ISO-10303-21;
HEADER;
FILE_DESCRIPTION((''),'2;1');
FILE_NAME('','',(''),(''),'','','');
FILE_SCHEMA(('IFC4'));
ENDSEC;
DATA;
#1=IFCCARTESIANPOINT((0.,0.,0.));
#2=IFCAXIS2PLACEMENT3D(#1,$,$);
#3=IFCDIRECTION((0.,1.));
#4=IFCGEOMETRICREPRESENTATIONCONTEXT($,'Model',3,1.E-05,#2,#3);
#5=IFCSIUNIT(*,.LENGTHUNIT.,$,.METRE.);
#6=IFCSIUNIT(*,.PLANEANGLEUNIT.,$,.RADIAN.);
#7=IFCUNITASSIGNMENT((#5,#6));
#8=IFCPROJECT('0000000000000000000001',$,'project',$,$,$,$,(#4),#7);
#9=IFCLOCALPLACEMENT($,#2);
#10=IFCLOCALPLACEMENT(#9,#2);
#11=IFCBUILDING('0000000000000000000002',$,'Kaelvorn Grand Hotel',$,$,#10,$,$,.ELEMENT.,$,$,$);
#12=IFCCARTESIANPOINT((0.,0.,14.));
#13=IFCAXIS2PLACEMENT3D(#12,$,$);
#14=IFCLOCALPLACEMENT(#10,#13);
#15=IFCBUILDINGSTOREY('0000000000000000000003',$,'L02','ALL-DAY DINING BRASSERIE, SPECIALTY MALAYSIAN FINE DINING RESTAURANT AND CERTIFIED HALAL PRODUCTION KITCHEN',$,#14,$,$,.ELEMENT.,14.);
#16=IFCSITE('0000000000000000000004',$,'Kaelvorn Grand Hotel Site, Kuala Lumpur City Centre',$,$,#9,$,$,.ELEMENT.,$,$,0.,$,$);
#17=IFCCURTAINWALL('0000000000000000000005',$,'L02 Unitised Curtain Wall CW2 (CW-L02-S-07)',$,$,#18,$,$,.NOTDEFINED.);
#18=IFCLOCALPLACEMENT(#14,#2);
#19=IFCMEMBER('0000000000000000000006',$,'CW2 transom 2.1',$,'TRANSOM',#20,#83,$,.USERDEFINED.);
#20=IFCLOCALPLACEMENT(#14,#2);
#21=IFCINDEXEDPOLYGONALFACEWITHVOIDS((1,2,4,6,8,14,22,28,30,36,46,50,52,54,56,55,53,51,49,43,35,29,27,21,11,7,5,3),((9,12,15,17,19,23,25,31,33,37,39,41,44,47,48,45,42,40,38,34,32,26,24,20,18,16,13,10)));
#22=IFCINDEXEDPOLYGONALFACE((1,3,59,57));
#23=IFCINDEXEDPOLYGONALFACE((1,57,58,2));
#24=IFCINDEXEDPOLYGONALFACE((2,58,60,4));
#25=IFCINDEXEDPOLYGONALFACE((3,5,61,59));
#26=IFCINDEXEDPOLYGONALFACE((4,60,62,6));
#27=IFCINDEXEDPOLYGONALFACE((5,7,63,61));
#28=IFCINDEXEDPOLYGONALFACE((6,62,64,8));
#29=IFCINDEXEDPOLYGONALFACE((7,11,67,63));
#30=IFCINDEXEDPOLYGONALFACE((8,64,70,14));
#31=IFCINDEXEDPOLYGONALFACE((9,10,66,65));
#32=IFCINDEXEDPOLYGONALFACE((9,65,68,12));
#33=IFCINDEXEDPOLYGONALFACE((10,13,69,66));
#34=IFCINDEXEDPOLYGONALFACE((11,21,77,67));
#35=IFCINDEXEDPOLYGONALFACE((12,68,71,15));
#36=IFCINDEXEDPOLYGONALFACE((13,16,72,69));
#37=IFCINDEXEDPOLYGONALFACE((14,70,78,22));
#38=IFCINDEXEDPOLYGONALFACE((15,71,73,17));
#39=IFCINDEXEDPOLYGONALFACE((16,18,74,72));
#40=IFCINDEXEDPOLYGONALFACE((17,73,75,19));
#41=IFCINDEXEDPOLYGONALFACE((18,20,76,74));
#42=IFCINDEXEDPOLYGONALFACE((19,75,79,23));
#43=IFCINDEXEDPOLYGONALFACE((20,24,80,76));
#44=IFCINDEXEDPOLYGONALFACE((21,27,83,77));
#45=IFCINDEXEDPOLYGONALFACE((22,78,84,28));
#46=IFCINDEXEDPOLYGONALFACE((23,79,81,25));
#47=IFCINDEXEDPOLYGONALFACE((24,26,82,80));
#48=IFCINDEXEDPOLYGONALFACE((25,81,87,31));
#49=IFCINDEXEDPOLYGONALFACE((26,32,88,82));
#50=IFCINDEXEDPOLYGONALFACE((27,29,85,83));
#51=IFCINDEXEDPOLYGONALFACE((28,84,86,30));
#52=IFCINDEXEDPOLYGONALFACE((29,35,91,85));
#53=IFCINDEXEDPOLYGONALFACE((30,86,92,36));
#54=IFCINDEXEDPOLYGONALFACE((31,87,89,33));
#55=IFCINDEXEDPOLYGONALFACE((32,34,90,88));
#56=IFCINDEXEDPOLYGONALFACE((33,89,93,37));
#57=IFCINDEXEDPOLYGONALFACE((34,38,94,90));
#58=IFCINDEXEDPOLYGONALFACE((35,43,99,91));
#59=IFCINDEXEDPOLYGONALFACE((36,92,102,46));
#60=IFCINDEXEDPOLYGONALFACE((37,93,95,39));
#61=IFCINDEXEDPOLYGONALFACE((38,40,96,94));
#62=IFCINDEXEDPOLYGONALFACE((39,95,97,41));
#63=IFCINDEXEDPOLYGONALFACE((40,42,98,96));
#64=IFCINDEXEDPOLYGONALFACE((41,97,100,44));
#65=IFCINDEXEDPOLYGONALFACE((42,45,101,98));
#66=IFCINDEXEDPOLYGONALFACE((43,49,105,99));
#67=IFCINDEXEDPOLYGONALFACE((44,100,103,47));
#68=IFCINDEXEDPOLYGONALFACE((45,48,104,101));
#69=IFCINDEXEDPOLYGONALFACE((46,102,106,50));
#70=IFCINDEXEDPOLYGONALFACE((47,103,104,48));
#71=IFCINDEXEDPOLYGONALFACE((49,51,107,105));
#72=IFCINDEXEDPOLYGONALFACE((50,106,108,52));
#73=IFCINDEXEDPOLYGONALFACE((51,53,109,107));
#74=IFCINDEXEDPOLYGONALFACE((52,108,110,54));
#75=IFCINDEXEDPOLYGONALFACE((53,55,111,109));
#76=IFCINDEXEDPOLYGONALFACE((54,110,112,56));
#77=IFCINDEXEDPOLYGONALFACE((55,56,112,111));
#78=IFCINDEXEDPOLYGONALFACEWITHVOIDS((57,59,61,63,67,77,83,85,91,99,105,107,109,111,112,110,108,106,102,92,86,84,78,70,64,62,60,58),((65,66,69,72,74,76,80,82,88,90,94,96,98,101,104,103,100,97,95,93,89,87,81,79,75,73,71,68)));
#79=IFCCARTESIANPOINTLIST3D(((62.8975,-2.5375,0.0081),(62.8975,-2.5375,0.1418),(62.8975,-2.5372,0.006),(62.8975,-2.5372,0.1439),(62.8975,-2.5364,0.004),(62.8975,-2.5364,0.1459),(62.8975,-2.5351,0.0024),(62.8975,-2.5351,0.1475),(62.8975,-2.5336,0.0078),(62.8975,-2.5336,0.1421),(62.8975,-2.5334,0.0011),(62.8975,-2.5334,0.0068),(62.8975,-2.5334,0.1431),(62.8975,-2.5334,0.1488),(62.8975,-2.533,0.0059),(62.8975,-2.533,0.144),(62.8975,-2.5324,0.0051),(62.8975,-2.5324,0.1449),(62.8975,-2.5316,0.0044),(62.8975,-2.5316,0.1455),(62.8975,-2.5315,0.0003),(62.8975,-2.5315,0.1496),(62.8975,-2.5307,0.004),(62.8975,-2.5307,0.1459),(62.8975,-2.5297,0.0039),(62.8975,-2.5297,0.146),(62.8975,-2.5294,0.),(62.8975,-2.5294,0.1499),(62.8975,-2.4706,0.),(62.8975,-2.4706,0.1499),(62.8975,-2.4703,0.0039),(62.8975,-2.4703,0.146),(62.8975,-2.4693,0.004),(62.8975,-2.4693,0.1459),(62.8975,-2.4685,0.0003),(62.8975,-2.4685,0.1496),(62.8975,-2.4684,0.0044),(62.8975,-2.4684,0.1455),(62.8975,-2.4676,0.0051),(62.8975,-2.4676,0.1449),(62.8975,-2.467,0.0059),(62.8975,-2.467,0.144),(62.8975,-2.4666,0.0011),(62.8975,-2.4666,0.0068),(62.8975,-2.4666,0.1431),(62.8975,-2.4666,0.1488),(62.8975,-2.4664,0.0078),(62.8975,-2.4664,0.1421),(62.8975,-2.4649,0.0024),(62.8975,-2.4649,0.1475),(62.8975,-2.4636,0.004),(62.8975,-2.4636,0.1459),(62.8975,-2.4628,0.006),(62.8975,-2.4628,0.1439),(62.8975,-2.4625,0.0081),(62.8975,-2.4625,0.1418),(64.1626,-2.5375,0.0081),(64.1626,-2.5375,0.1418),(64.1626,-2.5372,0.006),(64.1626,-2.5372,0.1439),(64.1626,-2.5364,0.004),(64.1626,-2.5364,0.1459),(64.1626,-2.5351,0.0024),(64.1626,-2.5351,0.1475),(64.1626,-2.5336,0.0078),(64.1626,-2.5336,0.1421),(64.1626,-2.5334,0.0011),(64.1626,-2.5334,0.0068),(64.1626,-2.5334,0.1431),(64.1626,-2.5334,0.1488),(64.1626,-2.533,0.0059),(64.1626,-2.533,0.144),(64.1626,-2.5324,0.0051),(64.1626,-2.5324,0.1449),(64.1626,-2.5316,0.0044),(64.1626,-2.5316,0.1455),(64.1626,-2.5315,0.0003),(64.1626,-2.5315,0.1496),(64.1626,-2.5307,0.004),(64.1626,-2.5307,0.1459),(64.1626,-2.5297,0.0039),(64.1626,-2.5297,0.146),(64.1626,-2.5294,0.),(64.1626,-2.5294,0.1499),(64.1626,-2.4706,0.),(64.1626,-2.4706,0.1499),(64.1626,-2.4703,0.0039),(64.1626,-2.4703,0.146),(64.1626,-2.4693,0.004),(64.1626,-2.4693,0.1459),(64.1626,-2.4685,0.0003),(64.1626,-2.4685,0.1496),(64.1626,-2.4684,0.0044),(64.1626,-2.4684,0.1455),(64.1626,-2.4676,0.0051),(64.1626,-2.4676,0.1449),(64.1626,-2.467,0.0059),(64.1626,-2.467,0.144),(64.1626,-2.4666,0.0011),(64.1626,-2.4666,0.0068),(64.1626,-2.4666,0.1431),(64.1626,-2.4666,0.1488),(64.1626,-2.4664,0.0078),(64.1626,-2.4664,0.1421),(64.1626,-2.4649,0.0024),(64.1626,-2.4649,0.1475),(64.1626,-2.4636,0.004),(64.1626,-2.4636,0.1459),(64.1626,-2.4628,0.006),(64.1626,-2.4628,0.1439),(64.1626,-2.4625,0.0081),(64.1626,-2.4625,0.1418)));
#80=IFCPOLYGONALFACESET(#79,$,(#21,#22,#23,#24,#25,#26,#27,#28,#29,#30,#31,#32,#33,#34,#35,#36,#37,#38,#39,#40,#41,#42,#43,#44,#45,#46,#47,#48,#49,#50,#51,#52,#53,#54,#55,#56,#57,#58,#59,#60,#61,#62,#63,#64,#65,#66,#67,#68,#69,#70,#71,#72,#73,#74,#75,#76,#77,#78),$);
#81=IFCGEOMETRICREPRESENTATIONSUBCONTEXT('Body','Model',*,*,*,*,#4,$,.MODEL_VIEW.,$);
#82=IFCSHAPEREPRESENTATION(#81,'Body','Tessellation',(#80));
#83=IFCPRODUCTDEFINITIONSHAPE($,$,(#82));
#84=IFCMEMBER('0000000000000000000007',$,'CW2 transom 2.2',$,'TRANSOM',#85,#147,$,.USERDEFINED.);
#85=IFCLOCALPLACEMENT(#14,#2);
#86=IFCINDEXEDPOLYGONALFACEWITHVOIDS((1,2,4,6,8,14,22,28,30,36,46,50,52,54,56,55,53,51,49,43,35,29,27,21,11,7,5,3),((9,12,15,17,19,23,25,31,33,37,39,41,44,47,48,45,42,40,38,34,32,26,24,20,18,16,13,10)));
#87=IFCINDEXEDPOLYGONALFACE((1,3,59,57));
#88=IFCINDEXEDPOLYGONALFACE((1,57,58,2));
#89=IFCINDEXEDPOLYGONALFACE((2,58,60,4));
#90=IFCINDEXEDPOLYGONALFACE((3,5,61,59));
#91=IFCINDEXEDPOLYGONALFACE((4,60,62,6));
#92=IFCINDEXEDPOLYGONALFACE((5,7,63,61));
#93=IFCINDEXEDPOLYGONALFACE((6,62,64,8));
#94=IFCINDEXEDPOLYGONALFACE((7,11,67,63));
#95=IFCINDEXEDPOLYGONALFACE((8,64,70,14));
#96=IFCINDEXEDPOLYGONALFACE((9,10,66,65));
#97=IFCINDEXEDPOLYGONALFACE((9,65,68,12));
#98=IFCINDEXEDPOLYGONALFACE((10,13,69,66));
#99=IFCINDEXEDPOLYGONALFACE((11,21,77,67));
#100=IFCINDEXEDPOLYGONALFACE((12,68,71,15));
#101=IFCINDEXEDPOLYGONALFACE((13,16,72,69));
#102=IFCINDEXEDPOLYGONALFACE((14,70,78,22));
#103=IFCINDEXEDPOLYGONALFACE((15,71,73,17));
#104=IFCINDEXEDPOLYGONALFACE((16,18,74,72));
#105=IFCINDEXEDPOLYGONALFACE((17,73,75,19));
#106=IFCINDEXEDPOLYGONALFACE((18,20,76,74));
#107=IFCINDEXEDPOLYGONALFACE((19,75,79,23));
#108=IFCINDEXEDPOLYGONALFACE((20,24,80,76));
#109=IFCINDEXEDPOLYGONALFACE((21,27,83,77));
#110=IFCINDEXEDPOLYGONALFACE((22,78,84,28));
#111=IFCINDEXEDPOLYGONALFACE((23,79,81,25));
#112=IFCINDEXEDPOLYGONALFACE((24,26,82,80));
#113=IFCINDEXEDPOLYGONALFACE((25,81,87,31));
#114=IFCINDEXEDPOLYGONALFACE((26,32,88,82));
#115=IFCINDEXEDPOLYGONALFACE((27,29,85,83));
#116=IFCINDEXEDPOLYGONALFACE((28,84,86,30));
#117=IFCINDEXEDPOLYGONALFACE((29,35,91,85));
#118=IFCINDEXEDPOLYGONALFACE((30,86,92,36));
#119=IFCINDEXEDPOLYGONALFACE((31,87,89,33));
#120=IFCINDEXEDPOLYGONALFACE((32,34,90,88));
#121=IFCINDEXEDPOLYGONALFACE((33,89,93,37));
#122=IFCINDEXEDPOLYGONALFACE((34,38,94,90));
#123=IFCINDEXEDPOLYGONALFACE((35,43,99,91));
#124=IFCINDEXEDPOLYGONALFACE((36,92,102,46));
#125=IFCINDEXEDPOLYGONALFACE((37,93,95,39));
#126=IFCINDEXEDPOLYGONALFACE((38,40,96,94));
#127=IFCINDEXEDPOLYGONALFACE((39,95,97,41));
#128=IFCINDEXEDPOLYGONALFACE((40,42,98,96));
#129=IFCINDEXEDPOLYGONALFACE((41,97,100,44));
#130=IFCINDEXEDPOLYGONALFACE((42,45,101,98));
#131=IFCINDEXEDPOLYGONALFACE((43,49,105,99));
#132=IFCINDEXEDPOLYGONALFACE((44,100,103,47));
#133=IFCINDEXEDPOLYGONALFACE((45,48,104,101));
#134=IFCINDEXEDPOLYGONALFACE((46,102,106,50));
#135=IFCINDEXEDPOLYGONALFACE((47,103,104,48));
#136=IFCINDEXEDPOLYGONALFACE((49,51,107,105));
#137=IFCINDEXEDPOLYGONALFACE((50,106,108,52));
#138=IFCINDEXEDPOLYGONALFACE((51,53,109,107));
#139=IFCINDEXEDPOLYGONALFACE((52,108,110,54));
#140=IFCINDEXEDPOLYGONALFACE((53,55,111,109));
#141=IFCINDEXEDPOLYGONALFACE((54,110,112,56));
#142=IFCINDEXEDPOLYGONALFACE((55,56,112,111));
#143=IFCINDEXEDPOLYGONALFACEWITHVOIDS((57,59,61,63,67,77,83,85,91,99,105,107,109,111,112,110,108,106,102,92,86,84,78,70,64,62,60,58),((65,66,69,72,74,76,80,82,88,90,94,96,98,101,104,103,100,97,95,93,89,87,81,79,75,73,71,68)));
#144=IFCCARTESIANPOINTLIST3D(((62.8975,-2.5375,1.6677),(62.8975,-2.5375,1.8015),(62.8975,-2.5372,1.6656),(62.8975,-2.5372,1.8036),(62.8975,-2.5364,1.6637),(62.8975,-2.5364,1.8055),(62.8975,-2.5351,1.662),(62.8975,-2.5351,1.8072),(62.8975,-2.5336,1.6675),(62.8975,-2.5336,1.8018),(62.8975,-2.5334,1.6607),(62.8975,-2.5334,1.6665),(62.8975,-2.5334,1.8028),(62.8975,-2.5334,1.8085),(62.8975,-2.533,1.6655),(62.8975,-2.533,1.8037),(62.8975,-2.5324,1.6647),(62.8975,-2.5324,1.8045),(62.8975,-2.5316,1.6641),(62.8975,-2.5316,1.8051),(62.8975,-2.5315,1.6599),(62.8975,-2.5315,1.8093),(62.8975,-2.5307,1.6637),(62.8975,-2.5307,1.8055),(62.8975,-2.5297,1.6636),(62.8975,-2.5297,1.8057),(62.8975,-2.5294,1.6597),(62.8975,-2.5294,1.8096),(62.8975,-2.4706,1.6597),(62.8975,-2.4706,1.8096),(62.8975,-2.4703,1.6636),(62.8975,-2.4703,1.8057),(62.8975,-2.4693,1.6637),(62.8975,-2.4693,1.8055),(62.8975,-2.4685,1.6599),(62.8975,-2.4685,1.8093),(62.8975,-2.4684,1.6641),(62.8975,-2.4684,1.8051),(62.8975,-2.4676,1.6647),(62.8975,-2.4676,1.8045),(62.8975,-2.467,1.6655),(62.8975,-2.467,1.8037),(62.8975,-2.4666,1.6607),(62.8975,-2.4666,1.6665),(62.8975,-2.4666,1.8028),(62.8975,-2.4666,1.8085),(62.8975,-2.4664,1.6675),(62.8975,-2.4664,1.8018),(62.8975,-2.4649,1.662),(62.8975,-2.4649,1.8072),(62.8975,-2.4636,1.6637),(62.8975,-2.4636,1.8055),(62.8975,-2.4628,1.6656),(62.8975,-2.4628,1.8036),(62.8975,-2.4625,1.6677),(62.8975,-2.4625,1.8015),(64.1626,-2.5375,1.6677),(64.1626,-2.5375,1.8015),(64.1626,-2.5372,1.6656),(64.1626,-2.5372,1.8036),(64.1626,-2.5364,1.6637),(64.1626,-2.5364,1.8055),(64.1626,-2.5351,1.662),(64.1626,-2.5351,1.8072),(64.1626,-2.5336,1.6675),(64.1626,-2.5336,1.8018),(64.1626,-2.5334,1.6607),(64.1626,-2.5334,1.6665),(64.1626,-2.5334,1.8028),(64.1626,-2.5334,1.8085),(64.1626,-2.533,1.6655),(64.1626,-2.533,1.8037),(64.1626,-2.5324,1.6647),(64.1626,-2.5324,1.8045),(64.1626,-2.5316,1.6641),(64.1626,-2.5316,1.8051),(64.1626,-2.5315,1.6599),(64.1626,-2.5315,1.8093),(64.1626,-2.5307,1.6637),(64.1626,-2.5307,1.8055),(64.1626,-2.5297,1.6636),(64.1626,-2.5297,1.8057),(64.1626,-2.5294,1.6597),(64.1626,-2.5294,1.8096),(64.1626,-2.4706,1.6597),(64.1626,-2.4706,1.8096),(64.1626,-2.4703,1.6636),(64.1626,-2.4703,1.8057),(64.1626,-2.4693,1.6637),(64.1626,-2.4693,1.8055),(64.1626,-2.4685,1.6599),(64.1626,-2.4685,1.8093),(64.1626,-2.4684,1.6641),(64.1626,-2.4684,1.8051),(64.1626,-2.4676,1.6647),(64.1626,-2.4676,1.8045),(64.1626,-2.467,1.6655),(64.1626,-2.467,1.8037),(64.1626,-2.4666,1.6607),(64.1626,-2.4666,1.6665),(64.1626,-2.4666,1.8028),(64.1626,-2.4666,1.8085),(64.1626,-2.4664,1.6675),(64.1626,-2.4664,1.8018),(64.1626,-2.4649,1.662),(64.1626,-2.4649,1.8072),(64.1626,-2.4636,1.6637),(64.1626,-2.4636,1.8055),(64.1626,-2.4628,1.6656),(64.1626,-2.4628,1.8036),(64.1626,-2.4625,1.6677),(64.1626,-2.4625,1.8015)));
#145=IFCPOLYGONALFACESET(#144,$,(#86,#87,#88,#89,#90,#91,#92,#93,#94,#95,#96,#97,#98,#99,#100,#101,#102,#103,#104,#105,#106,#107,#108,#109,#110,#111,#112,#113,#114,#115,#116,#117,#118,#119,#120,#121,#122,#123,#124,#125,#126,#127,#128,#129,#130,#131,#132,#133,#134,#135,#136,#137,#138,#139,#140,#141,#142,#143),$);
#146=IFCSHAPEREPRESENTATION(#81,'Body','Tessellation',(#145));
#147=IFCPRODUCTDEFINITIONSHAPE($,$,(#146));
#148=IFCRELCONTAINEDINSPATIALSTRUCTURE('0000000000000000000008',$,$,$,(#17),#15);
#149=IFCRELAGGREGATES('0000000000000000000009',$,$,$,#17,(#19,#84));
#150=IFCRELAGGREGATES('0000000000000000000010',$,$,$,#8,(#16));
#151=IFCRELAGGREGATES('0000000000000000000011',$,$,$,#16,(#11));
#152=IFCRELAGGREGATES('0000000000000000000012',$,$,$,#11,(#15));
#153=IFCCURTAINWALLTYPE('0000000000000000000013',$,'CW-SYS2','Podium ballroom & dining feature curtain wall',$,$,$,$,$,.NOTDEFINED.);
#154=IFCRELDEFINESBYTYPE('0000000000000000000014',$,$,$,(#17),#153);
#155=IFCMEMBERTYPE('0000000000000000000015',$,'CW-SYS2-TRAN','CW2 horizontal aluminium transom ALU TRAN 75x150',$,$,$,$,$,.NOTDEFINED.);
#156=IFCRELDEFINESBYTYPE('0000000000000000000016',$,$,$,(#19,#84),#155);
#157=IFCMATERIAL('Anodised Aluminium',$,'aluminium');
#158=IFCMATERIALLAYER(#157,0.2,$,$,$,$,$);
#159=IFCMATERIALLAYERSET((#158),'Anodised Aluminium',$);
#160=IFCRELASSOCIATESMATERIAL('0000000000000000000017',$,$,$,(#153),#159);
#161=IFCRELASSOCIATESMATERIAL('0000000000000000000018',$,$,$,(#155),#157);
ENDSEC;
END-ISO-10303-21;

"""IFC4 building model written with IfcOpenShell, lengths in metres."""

from ifc_helpers import new_model, si_unit, direction, frame, origin, origin_2d, place, context, subcontext, project, spatial, hollow_rectangle, extrude, material, layer, layer_set, material_profile, profile_set, type_object, element, aggregate, save


model = new_model("IFC4")

# Units and contexts
model_context = context("Model", 3, precision=1e-05, world=origin(), true_north=direction((0.0, 1.0)))
body_context = subcontext(model_context, "Body", "Model", "MODEL_VIEW")
ifc_project = project(units=[si_unit("LENGTHUNIT", "METRE"), si_unit("PLANEANGLEUNIT", "RADIAN")], contexts=[model_context])

# Site, building, storey
site_placement = place(None, origin())
site = spatial("IfcSite", under=ifc_project, at=site_placement, Name="Kaelvorn Grand Hotel Site, Kuala Lumpur City Centre", CompositionType="ELEMENT", RefElevation=0.0)
building_placement = place(site_placement, origin())
building = spatial("IfcBuilding", under=site, at=building_placement, Name="Kaelvorn Grand Hotel", CompositionType="ELEMENT")
storey_placement = place(building_placement, frame((0.0, 0.0, 14.0)))
storey = spatial("IfcBuildingStorey", under=building, at=storey_placement, Name="L02", Description="ALL-DAY DINING BRASSERIE, SPECIALTY MALAYSIAN FINE DINING RESTAURANT AND CERTIFIED HALAL PRODUCTION KITCHEN", CompositionType="ELEMENT", Elevation=14.0)

# Curtain wall
ifc_material_1 = material(Name="Anodised Aluminium", Category="aluminium")
ifc_layer_1 = layer(ifc_material_1, 0.2)
ifc_layer_set_1 = layer_set([ifc_layer_1], Name="Anodised Aluminium")
curtain_wall_type = type_object("IfcCurtainWallType", Name="CW-SYS2", Description="Podium ballroom & dining feature curtain wall", PredefinedType="NOTDEFINED", material=ifc_layer_set_1)
curtain_wall_1_placement = place(storey_placement, origin())
curtain_wall_1 = element("IfcCurtainWall", 1, at=curtain_wall_1_placement, inside=storey, type_object=curtain_wall_type, Name="L02 Unitised Curtain Wall CW2 (CW-L02-S-07)", PredefinedType="NOTDEFINED")

# Members
ifc_material_profile_1 = material_profile(ifc_material_1, hollow_rectangle(XDim=0.075, YDim=0.1499, WallThickness=0.0039, InnerFilletRadius=0.0039, OuterFilletRadius=0.0081, at=origin_2d()), Name="ALU TRAN 75x150")
ifc_profile_set_1 = profile_set([ifc_material_profile_1], Name="Anodised Aluminium")
member_type_1 = type_object("IfcMemberType", Name="CW-SYS2-TRAN", Description="CW2 horizontal aluminium transom ALU TRAN 75x150", PredefinedType="NOTDEFINED", material=ifc_profile_set_1)
member_1_placement = place(storey_placement, frame((62.8975, -2.5, 0.075), z_axis=(1.0, 0.0, 0.0), x_axis=(0.0, 1.0, 0.0)))
member_1 = element("IfcMember", 2, at=member_1_placement, type_object=member_type_1, Name="CW2 transom 2.1", ObjectType="TRANSOM", PredefinedType="USERDEFINED", context=body_context, shape_type="SweptSolid", body=[
    extrude(hollow_rectangle(XDim=0.075, YDim=0.1499, WallThickness=0.0039, InnerFilletRadius=0.0039, OuterFilletRadius=0.0081, at=origin_2d()), origin(), (0.0, 0.0, 1.0), 1.2651),
])
member_2_placement = place(storey_placement, frame((62.8975, -2.5, 1.7346), z_axis=(1.0, 0.0, 0.0), x_axis=(0.0, 1.0, 0.0)))
member_2 = element("IfcMember", 3, at=member_2_placement, type_object=member_type_1, Name="CW2 transom 2.2", ObjectType="TRANSOM", PredefinedType="USERDEFINED", context=body_context, shape_type="SweptSolid", body=[
    extrude(hollow_rectangle(XDim=0.075, YDim=0.1499, WallThickness=0.0039, InnerFilletRadius=0.0039, OuterFilletRadius=0.0081, at=origin_2d()), origin(), (0.0, 0.0, 1.0), 1.2651),
])

aggregate(curtain_wall_1, [member_1, member_2])

save(model, "model.ifc")
